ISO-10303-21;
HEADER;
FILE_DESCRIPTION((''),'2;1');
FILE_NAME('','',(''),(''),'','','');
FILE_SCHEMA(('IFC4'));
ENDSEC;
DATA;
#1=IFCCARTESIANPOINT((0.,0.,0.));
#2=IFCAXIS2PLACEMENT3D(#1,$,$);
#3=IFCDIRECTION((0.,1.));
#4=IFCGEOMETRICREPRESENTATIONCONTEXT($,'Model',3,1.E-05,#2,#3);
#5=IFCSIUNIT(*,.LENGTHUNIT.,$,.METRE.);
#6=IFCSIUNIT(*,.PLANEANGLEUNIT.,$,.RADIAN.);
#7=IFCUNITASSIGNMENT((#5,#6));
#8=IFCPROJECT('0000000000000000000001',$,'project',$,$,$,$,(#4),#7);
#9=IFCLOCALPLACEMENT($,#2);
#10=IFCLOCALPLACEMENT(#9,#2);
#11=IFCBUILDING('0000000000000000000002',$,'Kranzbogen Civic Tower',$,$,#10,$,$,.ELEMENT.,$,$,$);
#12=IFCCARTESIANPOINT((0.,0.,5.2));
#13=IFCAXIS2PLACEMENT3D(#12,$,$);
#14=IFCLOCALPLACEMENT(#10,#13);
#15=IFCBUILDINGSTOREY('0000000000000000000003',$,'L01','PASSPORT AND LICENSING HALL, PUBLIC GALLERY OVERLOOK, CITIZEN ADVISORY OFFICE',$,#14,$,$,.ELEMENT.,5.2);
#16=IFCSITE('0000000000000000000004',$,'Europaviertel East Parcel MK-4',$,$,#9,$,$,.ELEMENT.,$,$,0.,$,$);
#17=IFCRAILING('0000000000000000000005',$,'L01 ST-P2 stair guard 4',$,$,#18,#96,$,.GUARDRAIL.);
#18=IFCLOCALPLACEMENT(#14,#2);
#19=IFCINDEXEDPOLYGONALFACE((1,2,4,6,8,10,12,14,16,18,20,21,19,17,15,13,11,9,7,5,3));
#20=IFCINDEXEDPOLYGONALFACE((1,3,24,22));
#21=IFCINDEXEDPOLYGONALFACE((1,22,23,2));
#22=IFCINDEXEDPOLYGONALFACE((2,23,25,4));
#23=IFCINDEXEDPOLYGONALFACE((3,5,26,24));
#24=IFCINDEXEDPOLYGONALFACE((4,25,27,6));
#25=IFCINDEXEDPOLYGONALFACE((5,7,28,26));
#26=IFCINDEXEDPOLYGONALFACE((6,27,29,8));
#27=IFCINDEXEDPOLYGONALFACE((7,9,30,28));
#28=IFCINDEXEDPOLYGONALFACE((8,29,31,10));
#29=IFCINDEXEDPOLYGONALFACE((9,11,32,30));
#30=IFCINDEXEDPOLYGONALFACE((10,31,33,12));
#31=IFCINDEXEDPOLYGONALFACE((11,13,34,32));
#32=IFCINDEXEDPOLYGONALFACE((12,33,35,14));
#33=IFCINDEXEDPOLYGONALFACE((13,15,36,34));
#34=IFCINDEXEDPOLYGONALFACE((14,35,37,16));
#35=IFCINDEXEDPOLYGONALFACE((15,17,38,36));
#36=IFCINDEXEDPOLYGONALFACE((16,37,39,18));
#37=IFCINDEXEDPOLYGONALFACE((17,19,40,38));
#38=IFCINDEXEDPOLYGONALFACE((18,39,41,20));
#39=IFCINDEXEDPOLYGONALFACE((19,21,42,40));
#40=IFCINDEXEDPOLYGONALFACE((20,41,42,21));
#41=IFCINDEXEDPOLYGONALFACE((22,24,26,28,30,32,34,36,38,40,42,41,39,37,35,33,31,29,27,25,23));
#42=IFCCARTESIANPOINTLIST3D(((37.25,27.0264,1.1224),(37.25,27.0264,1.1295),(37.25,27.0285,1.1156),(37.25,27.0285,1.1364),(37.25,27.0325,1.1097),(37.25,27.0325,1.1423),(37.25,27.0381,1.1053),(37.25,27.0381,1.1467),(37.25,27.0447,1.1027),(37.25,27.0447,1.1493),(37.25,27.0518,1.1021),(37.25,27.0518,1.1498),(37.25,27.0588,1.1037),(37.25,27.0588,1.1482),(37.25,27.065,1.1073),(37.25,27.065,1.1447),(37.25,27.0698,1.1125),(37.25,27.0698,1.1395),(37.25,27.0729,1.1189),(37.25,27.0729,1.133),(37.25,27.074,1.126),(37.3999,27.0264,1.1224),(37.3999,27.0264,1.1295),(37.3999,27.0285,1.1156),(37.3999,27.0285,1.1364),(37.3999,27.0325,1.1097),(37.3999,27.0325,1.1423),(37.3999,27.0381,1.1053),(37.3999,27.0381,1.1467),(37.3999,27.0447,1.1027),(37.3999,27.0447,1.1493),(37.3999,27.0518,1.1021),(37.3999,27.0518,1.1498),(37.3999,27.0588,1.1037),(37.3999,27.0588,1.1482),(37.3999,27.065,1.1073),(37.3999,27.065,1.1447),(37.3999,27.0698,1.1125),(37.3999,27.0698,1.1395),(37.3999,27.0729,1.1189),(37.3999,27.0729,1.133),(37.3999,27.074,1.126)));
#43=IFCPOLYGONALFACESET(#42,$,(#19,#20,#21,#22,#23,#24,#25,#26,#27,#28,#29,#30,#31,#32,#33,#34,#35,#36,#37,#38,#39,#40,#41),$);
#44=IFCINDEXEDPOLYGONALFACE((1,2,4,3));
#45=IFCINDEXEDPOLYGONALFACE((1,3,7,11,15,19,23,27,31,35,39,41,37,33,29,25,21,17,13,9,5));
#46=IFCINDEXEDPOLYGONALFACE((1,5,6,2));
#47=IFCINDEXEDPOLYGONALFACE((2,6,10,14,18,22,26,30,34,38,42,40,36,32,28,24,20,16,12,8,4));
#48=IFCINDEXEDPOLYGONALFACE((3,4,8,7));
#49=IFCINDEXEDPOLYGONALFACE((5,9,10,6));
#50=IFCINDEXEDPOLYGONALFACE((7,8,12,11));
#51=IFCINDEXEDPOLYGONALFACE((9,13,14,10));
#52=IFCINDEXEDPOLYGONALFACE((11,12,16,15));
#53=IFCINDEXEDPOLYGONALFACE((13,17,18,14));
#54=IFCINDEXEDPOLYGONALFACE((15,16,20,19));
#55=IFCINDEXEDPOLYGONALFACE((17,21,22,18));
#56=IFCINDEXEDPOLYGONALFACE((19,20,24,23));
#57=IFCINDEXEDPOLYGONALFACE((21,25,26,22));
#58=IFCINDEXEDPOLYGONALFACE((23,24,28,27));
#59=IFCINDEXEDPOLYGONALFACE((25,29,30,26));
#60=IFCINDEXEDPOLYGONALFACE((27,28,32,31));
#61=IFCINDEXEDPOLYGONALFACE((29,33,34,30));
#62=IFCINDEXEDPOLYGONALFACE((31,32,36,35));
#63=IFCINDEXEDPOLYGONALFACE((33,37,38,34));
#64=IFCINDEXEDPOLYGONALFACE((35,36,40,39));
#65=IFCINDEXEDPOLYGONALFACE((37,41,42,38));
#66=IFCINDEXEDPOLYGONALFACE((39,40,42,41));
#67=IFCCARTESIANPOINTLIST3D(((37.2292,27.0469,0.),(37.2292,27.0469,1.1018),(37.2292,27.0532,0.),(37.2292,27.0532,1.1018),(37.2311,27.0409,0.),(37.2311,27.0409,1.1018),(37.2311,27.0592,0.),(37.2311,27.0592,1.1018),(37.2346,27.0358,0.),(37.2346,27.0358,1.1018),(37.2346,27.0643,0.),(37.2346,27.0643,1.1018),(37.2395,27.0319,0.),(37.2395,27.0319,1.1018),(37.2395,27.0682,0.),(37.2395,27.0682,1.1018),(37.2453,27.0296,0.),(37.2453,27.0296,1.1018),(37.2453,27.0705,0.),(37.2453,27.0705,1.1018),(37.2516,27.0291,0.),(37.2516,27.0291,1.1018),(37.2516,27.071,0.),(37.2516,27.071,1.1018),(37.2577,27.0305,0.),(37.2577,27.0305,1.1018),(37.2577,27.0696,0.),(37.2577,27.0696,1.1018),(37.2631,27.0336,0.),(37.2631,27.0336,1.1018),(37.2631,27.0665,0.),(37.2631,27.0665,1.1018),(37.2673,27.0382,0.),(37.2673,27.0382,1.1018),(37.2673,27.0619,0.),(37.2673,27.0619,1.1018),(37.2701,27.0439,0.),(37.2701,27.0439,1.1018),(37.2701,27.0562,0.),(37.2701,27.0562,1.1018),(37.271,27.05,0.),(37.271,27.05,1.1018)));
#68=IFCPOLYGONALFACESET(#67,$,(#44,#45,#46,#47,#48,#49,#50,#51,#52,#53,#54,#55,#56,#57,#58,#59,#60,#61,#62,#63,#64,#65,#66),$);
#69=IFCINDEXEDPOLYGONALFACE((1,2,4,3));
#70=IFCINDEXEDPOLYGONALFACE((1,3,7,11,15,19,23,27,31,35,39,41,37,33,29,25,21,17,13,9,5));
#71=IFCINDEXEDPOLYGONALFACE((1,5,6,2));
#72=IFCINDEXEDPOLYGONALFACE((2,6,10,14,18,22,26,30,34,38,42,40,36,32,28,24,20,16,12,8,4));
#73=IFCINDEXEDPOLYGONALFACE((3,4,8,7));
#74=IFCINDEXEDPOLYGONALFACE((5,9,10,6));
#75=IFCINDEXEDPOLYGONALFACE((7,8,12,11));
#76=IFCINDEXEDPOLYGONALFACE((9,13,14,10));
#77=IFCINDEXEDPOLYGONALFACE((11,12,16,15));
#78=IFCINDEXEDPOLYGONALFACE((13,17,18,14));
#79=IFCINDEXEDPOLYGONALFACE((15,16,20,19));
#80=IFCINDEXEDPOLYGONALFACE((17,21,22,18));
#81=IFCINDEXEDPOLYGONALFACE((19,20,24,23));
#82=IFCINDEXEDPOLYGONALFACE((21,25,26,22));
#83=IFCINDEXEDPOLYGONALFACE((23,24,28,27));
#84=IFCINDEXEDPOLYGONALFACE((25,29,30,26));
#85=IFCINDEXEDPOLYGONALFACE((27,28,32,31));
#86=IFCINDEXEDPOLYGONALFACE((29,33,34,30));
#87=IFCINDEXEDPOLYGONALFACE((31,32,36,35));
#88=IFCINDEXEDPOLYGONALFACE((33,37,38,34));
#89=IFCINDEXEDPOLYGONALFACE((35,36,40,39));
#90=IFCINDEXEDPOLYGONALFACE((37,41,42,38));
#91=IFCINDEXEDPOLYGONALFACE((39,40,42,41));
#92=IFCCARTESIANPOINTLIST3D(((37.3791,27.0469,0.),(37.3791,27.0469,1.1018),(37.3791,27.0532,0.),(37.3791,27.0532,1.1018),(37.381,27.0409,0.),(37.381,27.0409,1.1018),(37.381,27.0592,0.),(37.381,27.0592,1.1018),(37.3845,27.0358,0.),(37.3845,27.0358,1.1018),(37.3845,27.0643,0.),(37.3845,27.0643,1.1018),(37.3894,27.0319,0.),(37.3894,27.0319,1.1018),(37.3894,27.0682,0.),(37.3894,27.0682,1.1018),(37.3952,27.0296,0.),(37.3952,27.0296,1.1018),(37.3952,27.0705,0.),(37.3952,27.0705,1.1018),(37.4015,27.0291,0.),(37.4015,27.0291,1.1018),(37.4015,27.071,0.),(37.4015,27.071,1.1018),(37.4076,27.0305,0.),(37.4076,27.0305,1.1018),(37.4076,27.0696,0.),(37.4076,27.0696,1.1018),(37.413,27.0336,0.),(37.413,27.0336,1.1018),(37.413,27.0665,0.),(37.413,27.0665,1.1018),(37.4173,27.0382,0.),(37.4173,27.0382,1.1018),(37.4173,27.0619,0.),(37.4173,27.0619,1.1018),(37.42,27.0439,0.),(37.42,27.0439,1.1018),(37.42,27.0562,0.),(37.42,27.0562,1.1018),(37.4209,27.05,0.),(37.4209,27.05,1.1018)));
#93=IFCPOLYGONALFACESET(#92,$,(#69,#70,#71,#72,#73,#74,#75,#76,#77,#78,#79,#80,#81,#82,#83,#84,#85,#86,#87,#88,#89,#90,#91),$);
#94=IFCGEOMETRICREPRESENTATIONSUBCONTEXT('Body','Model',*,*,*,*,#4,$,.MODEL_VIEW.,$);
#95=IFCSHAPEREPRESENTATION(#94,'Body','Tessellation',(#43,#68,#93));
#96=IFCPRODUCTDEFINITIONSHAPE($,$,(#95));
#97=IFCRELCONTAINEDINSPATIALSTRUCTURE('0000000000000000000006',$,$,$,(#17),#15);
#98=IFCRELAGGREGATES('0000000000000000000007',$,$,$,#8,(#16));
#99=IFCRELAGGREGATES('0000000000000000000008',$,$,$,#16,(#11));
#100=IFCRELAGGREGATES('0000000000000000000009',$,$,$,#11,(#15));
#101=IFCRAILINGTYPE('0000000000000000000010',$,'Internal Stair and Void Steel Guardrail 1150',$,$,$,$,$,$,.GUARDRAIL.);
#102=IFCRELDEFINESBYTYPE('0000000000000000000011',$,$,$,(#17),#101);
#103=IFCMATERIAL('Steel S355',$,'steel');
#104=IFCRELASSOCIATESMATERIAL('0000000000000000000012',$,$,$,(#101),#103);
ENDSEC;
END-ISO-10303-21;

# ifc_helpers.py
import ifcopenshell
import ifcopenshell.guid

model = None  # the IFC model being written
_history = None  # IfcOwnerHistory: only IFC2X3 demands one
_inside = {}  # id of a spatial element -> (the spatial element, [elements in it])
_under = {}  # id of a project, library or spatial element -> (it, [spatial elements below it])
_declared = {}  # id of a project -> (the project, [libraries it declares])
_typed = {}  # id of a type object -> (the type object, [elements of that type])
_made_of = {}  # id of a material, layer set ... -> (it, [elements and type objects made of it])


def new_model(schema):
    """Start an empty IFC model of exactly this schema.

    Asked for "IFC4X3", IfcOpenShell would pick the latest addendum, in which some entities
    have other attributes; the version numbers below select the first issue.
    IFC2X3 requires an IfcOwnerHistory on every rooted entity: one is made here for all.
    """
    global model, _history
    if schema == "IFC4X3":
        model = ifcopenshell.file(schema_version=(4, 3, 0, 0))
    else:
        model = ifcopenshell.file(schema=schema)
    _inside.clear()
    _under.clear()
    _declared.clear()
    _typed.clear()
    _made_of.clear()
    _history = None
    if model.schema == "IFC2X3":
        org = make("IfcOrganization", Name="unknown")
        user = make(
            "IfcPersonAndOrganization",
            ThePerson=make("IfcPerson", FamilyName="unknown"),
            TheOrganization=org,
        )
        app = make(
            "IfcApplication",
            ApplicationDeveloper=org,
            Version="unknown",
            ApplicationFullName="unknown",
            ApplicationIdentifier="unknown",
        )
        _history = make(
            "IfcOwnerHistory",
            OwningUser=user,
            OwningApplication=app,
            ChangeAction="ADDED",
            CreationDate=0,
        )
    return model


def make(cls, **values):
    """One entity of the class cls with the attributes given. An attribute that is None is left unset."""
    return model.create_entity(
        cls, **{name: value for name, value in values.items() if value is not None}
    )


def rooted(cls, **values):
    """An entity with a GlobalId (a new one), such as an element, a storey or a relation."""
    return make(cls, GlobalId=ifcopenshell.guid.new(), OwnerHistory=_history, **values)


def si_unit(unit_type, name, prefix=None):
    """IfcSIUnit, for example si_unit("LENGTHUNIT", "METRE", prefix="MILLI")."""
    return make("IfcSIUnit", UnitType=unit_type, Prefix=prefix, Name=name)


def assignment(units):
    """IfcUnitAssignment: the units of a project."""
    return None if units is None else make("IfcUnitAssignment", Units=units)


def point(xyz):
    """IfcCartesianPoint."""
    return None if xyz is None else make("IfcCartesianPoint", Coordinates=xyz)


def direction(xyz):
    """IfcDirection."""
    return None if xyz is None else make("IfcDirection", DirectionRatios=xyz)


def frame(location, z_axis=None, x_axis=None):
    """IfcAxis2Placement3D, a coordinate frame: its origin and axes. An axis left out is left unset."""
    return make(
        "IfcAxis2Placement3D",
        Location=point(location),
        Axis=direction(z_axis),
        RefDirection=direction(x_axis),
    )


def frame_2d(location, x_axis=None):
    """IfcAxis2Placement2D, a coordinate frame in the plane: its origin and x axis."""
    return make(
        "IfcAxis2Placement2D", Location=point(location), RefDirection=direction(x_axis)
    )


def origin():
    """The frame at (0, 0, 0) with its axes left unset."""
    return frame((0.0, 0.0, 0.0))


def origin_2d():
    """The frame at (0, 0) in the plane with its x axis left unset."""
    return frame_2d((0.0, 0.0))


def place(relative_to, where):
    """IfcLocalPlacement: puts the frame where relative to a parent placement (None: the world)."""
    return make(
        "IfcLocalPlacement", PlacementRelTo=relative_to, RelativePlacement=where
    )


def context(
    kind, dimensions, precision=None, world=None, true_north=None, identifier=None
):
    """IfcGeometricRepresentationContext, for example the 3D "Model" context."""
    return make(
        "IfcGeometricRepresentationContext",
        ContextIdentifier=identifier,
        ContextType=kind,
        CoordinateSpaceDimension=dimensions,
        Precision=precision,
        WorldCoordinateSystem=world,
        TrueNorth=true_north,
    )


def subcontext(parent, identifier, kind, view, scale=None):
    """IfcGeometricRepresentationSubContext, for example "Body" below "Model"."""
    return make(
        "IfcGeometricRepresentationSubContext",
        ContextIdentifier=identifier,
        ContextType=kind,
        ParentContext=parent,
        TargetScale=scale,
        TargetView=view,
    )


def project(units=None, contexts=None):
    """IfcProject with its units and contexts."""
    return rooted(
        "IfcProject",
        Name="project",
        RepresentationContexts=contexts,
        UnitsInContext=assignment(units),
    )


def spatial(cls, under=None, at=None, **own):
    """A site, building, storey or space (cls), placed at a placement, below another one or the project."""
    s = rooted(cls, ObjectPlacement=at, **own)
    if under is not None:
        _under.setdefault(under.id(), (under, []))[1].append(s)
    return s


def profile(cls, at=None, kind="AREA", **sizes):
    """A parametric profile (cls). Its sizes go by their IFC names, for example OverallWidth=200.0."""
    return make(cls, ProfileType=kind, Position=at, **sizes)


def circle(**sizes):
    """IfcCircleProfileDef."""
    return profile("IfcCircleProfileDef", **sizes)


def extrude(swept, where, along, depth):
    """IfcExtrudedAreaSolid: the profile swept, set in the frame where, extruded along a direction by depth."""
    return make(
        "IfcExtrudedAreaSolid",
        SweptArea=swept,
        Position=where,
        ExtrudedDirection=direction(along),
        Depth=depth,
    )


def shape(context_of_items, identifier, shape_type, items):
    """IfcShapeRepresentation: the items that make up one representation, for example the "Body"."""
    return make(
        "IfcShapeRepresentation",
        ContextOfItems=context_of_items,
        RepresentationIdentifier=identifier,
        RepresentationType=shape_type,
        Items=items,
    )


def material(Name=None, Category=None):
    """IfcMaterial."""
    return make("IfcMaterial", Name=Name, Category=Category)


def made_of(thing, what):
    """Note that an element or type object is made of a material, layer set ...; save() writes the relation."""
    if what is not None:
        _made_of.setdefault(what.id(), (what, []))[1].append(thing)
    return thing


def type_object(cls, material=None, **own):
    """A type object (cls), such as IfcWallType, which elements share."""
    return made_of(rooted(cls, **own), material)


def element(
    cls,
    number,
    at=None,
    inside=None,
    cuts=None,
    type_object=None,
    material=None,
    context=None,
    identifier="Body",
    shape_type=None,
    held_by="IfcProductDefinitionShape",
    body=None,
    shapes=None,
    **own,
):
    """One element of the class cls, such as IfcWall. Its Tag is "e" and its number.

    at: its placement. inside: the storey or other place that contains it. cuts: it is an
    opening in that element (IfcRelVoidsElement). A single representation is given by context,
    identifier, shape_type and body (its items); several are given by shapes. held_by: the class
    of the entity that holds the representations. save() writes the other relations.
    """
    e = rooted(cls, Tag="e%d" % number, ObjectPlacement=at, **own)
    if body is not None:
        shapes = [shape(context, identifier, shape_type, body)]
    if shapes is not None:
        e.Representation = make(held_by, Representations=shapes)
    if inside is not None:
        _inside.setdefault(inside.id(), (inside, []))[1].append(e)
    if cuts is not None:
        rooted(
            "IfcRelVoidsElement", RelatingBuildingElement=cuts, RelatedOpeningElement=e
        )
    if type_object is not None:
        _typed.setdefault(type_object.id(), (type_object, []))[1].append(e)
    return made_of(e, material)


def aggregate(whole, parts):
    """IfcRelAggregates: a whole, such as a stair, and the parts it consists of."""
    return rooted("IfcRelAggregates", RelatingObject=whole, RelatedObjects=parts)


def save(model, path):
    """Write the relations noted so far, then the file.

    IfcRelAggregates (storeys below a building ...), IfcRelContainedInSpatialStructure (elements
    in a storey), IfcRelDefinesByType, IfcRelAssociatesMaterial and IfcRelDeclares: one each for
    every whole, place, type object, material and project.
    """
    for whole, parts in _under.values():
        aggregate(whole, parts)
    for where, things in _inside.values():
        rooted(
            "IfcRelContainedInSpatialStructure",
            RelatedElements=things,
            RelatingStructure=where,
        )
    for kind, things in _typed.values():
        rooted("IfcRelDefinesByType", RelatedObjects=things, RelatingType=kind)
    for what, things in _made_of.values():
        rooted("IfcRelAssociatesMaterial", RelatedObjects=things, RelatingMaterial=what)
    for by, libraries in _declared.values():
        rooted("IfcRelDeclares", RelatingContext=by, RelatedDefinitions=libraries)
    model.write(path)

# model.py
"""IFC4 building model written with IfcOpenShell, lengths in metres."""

from ifc_helpers import new_model, si_unit, direction, frame, origin, origin_2d, place, context, subcontext, project, spatial, circle, extrude, material, type_object, element, save


model = new_model("IFC4")

# Units and contexts
model_context = context("Model", 3, precision=1e-05, world=origin(), true_north=direction((0.0, 1.0)))
body_context = subcontext(model_context, "Body", "Model", "MODEL_VIEW")
ifc_project = project(units=[si_unit("LENGTHUNIT", "METRE"), si_unit("PLANEANGLEUNIT", "RADIAN")], contexts=[model_context])

# Site, building, storey
site_placement = place(None, origin())
site = spatial("IfcSite", under=ifc_project, at=site_placement, Name="Europaviertel East Parcel MK-4", CompositionType="ELEMENT", RefElevation=0.0)
building_placement = place(site_placement, origin())
building = spatial("IfcBuilding", under=site, at=building_placement, Name="Kranzbogen Civic Tower", CompositionType="ELEMENT")
storey_placement = place(building_placement, frame((0.0, 0.0, 5.2)))
storey = spatial("IfcBuildingStorey", under=building, at=storey_placement, Name="L01", Description="PASSPORT AND LICENSING HALL, PUBLIC GALLERY OVERLOOK, CITIZEN ADVISORY OFFICE", CompositionType="ELEMENT", Elevation=5.2)

# Shared definitions
ifc_material_1 = material(Name="Steel S355", Category="steel")

# Railing
railing_type_1 = type_object("IfcRailingType", Name="Internal Stair and Void Steel Guardrail 1150", PredefinedType="GUARDRAIL", material=ifc_material_1)
railing_1_placement = place(storey_placement, frame((37.25, 27.05, 0.0)))
element("IfcRailing", 1, at=railing_1_placement, inside=storey, type_object=railing_type_1, Name="L01 ST-P2 stair guard 4", PredefinedType="GUARDRAIL", context=body_context, shape_type="SweptSolid", body=[
    extrude(circle(Radius=0.0239, at=origin_2d()), frame((0.0, 0.0, 1.126), z_axis=(1.0, 0.0, 0.0), x_axis=(0.0, 1.0, 0.0)), (0.0, 0.0, 1.0), 0.1499),
    extrude(circle(Radius=0.021, at=origin_2d()), origin(), (0.0, 0.0, 1.0), 1.1018),
    extrude(circle(Radius=0.021, at=origin_2d()), frame((0.1499, 0.0, 0.0)), (0.0, 0.0, 1.0), 1.1018),
])

save(model, "model.ifc")
